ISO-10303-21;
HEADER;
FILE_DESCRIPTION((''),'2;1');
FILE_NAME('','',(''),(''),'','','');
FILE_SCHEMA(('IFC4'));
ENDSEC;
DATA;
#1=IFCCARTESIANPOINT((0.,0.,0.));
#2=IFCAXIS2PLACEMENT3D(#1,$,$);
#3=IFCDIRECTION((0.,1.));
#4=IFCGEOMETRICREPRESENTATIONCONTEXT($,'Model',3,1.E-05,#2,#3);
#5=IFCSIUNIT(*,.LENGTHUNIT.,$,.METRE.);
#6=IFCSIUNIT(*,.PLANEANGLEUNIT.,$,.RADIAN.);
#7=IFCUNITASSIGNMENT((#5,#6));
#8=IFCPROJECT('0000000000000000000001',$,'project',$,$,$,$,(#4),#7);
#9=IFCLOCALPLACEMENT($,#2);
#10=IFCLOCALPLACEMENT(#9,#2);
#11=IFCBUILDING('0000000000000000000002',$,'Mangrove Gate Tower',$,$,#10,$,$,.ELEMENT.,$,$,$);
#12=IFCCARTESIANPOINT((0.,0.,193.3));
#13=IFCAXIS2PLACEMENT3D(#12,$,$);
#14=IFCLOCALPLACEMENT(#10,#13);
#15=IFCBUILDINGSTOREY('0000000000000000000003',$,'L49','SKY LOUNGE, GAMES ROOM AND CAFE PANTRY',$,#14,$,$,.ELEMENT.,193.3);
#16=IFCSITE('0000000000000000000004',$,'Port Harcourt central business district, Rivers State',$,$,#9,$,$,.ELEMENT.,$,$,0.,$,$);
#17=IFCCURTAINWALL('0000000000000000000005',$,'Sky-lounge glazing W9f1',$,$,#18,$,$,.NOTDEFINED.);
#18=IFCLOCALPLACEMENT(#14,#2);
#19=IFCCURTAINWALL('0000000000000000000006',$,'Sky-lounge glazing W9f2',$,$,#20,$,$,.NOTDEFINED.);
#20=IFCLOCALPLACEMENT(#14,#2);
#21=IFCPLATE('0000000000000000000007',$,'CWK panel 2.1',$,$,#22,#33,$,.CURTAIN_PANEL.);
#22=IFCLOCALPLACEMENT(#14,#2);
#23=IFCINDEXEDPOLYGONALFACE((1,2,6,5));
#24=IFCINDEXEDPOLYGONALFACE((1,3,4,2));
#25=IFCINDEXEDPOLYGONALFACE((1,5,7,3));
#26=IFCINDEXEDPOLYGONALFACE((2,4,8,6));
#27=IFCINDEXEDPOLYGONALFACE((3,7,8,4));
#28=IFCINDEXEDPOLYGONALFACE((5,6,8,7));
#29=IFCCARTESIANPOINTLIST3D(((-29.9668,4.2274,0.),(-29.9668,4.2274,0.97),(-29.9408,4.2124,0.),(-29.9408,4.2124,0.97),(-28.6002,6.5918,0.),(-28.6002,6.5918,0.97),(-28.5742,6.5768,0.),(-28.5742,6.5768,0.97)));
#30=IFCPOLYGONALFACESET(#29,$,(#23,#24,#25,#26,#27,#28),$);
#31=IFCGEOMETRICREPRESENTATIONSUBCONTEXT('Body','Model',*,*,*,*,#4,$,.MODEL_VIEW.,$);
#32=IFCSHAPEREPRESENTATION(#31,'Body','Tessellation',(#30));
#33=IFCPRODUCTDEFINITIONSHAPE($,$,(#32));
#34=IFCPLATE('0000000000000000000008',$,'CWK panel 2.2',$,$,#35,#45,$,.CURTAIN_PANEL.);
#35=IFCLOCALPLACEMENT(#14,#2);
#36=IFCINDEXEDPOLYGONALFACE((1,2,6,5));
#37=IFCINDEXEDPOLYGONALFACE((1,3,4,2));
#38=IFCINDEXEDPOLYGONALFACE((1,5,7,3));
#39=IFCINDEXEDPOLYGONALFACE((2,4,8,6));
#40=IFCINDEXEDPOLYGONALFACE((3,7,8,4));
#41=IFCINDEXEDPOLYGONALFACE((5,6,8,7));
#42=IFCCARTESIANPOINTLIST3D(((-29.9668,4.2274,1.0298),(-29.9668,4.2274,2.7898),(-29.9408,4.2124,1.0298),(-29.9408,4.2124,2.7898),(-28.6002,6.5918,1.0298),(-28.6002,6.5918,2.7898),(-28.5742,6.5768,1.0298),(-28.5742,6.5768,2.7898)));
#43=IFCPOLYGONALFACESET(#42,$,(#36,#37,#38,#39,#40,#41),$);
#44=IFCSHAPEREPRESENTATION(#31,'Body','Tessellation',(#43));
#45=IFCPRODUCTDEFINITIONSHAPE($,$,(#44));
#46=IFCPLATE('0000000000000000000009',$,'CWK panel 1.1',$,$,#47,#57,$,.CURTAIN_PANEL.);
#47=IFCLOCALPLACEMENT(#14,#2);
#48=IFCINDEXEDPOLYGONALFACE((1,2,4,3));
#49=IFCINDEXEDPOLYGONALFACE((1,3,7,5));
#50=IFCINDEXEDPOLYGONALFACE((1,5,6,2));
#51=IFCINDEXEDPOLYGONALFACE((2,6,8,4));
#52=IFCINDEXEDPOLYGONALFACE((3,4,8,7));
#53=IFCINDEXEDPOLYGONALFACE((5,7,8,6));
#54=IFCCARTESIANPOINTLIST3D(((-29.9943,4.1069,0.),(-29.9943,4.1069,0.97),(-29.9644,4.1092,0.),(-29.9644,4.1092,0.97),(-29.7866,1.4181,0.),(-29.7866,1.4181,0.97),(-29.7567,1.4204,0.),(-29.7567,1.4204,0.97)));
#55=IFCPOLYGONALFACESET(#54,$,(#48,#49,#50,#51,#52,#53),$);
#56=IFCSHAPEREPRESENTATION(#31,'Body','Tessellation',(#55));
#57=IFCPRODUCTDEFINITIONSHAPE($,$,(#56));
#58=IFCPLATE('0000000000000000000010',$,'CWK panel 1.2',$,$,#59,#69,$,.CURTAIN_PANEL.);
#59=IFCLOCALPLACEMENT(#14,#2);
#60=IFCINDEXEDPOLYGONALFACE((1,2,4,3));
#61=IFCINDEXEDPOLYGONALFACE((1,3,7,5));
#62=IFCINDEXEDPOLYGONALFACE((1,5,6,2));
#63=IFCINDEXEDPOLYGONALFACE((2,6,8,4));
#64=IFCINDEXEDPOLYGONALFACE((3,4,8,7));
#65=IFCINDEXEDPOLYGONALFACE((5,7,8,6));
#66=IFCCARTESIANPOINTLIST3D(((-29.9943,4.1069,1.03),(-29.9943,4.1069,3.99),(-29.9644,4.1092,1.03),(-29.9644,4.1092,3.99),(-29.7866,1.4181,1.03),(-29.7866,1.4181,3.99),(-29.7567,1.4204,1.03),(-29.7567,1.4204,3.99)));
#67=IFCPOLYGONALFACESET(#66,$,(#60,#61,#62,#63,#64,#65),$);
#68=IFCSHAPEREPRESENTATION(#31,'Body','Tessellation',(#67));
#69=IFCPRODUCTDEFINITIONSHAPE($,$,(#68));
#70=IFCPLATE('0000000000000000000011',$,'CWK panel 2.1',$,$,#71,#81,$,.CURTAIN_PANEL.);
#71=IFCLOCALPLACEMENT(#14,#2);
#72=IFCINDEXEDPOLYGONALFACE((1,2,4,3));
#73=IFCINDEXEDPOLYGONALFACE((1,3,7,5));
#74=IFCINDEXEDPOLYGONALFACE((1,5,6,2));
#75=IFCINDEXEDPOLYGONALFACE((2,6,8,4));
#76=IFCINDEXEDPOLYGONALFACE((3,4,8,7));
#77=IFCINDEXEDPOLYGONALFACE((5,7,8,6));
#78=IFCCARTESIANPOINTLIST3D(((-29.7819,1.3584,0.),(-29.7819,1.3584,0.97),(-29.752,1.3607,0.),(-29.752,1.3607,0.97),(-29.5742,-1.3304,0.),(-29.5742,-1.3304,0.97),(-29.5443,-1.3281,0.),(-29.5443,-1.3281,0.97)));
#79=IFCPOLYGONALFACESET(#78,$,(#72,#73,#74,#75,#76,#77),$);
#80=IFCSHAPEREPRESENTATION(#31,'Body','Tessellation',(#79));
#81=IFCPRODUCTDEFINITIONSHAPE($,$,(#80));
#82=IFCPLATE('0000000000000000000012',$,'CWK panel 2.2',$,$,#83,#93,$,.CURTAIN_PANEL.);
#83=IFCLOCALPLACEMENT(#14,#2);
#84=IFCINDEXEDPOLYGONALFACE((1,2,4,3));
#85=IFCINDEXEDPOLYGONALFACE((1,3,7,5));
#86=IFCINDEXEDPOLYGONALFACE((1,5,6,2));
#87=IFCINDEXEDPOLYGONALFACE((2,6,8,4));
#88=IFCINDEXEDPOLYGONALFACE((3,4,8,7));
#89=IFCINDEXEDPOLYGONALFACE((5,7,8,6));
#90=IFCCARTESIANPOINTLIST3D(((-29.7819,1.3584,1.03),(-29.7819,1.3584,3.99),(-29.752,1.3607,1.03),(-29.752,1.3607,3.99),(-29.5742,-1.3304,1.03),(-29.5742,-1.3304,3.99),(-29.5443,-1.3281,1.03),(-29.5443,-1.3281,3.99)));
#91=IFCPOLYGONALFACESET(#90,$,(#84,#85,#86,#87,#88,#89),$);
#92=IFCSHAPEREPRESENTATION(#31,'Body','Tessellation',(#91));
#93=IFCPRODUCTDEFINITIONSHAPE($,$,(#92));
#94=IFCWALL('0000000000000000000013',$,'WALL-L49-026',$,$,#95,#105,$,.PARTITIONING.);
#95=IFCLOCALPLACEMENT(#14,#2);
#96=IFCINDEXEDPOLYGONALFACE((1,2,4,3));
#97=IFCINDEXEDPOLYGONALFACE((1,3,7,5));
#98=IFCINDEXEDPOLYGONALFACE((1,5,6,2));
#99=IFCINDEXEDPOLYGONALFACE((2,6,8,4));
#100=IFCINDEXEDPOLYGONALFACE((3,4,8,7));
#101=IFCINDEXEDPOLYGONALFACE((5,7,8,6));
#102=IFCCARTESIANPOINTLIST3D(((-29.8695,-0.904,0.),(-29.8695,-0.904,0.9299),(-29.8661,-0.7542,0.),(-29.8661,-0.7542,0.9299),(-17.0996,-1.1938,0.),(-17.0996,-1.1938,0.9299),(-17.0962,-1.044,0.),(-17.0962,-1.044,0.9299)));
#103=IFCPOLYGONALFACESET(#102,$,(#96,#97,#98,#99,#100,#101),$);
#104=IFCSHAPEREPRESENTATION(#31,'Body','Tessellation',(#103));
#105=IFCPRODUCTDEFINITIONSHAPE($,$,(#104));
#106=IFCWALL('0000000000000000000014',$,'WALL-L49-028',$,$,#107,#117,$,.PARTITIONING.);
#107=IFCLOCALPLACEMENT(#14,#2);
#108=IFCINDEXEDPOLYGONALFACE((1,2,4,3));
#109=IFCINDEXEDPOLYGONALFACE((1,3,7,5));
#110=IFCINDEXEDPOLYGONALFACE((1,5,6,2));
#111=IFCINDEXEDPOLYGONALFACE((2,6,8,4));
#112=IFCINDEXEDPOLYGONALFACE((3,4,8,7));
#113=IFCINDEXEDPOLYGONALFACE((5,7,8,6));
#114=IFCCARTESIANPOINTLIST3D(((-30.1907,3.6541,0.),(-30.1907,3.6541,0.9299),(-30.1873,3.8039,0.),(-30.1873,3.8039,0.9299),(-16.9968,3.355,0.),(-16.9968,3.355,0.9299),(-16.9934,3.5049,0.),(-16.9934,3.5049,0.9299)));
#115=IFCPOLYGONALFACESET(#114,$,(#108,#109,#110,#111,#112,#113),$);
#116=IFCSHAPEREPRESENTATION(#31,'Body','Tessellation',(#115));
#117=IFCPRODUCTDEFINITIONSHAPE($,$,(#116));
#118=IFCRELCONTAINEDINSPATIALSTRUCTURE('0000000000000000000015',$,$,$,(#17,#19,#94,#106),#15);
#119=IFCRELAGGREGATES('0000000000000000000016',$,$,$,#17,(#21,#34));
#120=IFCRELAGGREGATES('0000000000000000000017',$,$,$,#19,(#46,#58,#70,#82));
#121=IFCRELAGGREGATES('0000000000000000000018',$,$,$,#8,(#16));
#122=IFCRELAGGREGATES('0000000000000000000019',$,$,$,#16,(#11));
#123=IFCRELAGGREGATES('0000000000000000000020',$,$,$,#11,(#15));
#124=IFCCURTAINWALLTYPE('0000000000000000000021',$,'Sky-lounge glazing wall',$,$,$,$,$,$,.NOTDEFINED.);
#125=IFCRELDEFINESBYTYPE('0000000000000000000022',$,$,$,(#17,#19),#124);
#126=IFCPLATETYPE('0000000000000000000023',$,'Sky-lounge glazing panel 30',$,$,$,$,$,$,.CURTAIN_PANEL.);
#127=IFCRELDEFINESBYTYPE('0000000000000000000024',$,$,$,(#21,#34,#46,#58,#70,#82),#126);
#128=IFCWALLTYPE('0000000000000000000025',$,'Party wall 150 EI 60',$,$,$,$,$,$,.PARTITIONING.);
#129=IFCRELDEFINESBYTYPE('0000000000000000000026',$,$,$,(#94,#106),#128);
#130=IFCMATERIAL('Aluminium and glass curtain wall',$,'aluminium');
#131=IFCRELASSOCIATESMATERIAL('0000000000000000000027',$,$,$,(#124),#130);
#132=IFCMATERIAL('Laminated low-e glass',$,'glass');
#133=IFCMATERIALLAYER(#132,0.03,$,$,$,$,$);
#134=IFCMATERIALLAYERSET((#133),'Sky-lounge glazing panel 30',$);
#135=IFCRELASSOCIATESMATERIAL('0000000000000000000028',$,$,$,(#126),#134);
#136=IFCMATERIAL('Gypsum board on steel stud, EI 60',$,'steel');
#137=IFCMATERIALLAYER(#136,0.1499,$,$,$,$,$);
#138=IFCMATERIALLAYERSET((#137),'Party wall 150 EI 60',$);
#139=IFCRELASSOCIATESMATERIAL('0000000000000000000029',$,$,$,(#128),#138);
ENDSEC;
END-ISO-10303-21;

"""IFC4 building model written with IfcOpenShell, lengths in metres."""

from ifc_helpers import new_model, si_unit, direction, frame, frame_2d, origin, origin_2d, place, context, subcontext, project, spatial, rectangle, extrude, material, layer, layer_set, type_object, element, aggregate, save


model = new_model("IFC4")

# Units and contexts
model_context = context("Model", 3, precision=1e-05, world=origin(), true_north=direction((0.0, 1.0)))
body_context = subcontext(model_context, "Body", "Model", "MODEL_VIEW")
ifc_project = project(units=[si_unit("LENGTHUNIT", "METRE"), si_unit("PLANEANGLEUNIT", "RADIAN")], contexts=[model_context])

# Site, building, storey
site_placement = place(None, origin())
site = spatial("IfcSite", under=ifc_project, at=site_placement, Name="Port Harcourt central business district, Rivers State", CompositionType="ELEMENT", RefElevation=0.0)
building_placement = place(site_placement, origin())
building = spatial("IfcBuilding", under=site, at=building_placement, Name="Mangrove Gate Tower", CompositionType="ELEMENT")
storey_placement = place(building_placement, frame((0.0, 0.0, 193.3)))
storey = spatial("IfcBuildingStorey", under=building, at=storey_placement, Name="L49", Description="SKY LOUNGE, GAMES ROOM AND CAFE PANTRY", CompositionType="ELEMENT", Elevation=193.3)

# Curtain walls
ifc_material_1 = material(Name="Aluminium and glass curtain wall", Category="aluminium")
curtain_wall_type = type_object("IfcCurtainWallType", Name="Sky-lounge glazing wall", PredefinedType="NOTDEFINED", material=ifc_material_1)
curtain_wall_1_placement = place(storey_placement, origin())
curtain_wall_1 = element("IfcCurtainWall", 1, at=curtain_wall_1_placement, inside=storey, type_object=curtain_wall_type, Name="Sky-lounge glazing W9f1", PredefinedType="NOTDEFINED")
curtain_wall_2_placement = place(storey_placement, origin())
curtain_wall_2 = element("IfcCurtainWall", 2, at=curtain_wall_2_placement, inside=storey, type_object=curtain_wall_type, Name="Sky-lounge glazing W9f2", PredefinedType="NOTDEFINED")

# Plates
ifc_material_2 = material(Name="Laminated low-e glass", Category="glass")
ifc_layer_1 = layer(ifc_material_2, 0.03)
ifc_layer_set_1 = layer_set([ifc_layer_1], Name="Sky-lounge glazing panel 30")
plate_type = type_object("IfcPlateType", Name="Sky-lounge glazing panel 30", PredefinedType="CURTAIN_PANEL", material=ifc_layer_set_1)
plate_1_placement = place(storey_placement, frame((-29.2705, 5.4021, 0.0), z_axis=(0.0, 0.0, 1.0), x_axis=(-0.500418, -0.865784, 0.0)))
plate_1 = element("IfcPlate", 3, at=plate_1_placement, type_object=plate_type, Name="CWK panel 2.1", PredefinedType="CURTAIN_PANEL", context=body_context, shape_type="SweptSolid", body=[
    extrude(rectangle(XDim=2.731, YDim=0.03, at=origin_2d()), origin(), (0.0, 0.0, 1.0), 0.97),
])
plate_2_placement = place(storey_placement, frame((-29.2705, 5.4021, 1.0298), z_axis=(0.0, 0.0, 1.0), x_axis=(-0.500418, -0.865784, 0.0)))
plate_2 = element("IfcPlate", 4, at=plate_2_placement, type_object=plate_type, Name="CWK panel 2.2", PredefinedType="CURTAIN_PANEL", context=body_context, shape_type="SweptSolid", body=[
    extrude(rectangle(XDim=2.731, YDim=0.03, at=origin_2d()), origin(), (0.0, 0.0, 1.0), 1.76),
])
aggregate(curtain_wall_1, [plate_1, plate_2])
plate_3_placement = place(storey_placement, frame((-29.8755, 2.7637, 0.0), z_axis=(0.0, 0.0, 1.0), x_axis=(0.077023, -0.997029, 0.0)))
plate_3 = element("IfcPlate", 5, at=plate_3_placement, type_object=plate_type, Name="CWK panel 1.1", PredefinedType="CURTAIN_PANEL", context=body_context, shape_type="SweptSolid", body=[
    extrude(rectangle(XDim=2.6968, YDim=0.03, at=origin_2d()), origin(), (0.0, 0.0, 1.0), 0.97),
])
plate_4_placement = place(storey_placement, frame((-29.8755, 2.7637, 1.03), z_axis=(0.0, 0.0, 1.0), x_axis=(0.077023, -0.997029, 0.0)))
plate_4 = element("IfcPlate", 6, at=plate_4_placement, type_object=plate_type, Name="CWK panel 1.2", PredefinedType="CURTAIN_PANEL", context=body_context, shape_type="SweptSolid", body=[
    extrude(rectangle(XDim=2.6968, YDim=0.03, at=origin_2d()), origin(), (0.0, 0.0, 1.0), 2.96),
])
plate_5_placement = place(storey_placement, frame((-29.6631, 0.0151, 0.0), z_axis=(0.0, 0.0, 1.0), x_axis=(0.077023, -0.997029, 0.0)))
plate_5 = element("IfcPlate", 7, at=plate_5_placement, type_object=plate_type, Name="CWK panel 2.1", PredefinedType="CURTAIN_PANEL", context=body_context, shape_type="SweptSolid", body=[
    extrude(rectangle(XDim=2.6968, YDim=0.03, at=origin_2d()), origin(), (0.0, 0.0, 1.0), 0.97),
])
plate_6_placement = place(storey_placement, frame((-29.6631, 0.0151, 1.03), z_axis=(0.0, 0.0, 1.0), x_axis=(0.077023, -0.997029, 0.0)))
plate_6 = element("IfcPlate", 8, at=plate_6_placement, type_object=plate_type, Name="CWK panel 2.2", PredefinedType="CURTAIN_PANEL", context=body_context, shape_type="SweptSolid", body=[
    extrude(rectangle(XDim=2.6968, YDim=0.03, at=origin_2d()), origin(), (0.0, 0.0, 1.0), 2.96),
])
aggregate(curtain_wall_2, [plate_3, plate_4, plate_5, plate_6])

# Walls
ifc_material_3 = material(Name="Gypsum board on steel stud, EI 60", Category="steel")
ifc_layer_2 = layer(ifc_material_3, 0.1499)
ifc_layer_set_2 = layer_set([ifc_layer_2], Name="Party wall 150 EI 60")
wall_type = type_object("IfcWallType", Name="Party wall 150 EI 60", PredefinedType="PARTITIONING", material=ifc_layer_set_2)
wall_1_placement = place(storey_placement, frame((-29.8679, -0.8291, 0.0), z_axis=(0.0, 0.0, 1.0), x_axis=(0.999743, -0.022688, 0.0)))
element("IfcWall", 9, at=wall_1_placement, inside=storey, type_object=wall_type, Name="WALL-L49-026", PredefinedType="PARTITIONING", context=body_context, shape_type="SweptSolid", body=[
    extrude(rectangle(XDim=12.7732, YDim=0.1499, at=frame_2d((6.3867, 0.0))), origin(), (0.0, 0.0, 1.0), 0.9299),
])
wall_2_placement = place(storey_placement, frame((-30.189, 3.729, 0.0), z_axis=(0.0, 0.0, 1.0), x_axis=(0.999743, -0.022662, 0.0)))
element("IfcWall", 10, at=wall_2_placement, inside=storey, type_object=wall_type, Name="WALL-L49-028", PredefinedType="PARTITIONING", context=body_context, shape_type="SweptSolid", body=[
    extrude(rectangle(XDim=13.1973, YDim=0.1499, at=frame_2d((6.5986, 0.0))), origin(), (0.0, 0.0, 1.0), 0.9299),
])

save(model, "model.ifc")
